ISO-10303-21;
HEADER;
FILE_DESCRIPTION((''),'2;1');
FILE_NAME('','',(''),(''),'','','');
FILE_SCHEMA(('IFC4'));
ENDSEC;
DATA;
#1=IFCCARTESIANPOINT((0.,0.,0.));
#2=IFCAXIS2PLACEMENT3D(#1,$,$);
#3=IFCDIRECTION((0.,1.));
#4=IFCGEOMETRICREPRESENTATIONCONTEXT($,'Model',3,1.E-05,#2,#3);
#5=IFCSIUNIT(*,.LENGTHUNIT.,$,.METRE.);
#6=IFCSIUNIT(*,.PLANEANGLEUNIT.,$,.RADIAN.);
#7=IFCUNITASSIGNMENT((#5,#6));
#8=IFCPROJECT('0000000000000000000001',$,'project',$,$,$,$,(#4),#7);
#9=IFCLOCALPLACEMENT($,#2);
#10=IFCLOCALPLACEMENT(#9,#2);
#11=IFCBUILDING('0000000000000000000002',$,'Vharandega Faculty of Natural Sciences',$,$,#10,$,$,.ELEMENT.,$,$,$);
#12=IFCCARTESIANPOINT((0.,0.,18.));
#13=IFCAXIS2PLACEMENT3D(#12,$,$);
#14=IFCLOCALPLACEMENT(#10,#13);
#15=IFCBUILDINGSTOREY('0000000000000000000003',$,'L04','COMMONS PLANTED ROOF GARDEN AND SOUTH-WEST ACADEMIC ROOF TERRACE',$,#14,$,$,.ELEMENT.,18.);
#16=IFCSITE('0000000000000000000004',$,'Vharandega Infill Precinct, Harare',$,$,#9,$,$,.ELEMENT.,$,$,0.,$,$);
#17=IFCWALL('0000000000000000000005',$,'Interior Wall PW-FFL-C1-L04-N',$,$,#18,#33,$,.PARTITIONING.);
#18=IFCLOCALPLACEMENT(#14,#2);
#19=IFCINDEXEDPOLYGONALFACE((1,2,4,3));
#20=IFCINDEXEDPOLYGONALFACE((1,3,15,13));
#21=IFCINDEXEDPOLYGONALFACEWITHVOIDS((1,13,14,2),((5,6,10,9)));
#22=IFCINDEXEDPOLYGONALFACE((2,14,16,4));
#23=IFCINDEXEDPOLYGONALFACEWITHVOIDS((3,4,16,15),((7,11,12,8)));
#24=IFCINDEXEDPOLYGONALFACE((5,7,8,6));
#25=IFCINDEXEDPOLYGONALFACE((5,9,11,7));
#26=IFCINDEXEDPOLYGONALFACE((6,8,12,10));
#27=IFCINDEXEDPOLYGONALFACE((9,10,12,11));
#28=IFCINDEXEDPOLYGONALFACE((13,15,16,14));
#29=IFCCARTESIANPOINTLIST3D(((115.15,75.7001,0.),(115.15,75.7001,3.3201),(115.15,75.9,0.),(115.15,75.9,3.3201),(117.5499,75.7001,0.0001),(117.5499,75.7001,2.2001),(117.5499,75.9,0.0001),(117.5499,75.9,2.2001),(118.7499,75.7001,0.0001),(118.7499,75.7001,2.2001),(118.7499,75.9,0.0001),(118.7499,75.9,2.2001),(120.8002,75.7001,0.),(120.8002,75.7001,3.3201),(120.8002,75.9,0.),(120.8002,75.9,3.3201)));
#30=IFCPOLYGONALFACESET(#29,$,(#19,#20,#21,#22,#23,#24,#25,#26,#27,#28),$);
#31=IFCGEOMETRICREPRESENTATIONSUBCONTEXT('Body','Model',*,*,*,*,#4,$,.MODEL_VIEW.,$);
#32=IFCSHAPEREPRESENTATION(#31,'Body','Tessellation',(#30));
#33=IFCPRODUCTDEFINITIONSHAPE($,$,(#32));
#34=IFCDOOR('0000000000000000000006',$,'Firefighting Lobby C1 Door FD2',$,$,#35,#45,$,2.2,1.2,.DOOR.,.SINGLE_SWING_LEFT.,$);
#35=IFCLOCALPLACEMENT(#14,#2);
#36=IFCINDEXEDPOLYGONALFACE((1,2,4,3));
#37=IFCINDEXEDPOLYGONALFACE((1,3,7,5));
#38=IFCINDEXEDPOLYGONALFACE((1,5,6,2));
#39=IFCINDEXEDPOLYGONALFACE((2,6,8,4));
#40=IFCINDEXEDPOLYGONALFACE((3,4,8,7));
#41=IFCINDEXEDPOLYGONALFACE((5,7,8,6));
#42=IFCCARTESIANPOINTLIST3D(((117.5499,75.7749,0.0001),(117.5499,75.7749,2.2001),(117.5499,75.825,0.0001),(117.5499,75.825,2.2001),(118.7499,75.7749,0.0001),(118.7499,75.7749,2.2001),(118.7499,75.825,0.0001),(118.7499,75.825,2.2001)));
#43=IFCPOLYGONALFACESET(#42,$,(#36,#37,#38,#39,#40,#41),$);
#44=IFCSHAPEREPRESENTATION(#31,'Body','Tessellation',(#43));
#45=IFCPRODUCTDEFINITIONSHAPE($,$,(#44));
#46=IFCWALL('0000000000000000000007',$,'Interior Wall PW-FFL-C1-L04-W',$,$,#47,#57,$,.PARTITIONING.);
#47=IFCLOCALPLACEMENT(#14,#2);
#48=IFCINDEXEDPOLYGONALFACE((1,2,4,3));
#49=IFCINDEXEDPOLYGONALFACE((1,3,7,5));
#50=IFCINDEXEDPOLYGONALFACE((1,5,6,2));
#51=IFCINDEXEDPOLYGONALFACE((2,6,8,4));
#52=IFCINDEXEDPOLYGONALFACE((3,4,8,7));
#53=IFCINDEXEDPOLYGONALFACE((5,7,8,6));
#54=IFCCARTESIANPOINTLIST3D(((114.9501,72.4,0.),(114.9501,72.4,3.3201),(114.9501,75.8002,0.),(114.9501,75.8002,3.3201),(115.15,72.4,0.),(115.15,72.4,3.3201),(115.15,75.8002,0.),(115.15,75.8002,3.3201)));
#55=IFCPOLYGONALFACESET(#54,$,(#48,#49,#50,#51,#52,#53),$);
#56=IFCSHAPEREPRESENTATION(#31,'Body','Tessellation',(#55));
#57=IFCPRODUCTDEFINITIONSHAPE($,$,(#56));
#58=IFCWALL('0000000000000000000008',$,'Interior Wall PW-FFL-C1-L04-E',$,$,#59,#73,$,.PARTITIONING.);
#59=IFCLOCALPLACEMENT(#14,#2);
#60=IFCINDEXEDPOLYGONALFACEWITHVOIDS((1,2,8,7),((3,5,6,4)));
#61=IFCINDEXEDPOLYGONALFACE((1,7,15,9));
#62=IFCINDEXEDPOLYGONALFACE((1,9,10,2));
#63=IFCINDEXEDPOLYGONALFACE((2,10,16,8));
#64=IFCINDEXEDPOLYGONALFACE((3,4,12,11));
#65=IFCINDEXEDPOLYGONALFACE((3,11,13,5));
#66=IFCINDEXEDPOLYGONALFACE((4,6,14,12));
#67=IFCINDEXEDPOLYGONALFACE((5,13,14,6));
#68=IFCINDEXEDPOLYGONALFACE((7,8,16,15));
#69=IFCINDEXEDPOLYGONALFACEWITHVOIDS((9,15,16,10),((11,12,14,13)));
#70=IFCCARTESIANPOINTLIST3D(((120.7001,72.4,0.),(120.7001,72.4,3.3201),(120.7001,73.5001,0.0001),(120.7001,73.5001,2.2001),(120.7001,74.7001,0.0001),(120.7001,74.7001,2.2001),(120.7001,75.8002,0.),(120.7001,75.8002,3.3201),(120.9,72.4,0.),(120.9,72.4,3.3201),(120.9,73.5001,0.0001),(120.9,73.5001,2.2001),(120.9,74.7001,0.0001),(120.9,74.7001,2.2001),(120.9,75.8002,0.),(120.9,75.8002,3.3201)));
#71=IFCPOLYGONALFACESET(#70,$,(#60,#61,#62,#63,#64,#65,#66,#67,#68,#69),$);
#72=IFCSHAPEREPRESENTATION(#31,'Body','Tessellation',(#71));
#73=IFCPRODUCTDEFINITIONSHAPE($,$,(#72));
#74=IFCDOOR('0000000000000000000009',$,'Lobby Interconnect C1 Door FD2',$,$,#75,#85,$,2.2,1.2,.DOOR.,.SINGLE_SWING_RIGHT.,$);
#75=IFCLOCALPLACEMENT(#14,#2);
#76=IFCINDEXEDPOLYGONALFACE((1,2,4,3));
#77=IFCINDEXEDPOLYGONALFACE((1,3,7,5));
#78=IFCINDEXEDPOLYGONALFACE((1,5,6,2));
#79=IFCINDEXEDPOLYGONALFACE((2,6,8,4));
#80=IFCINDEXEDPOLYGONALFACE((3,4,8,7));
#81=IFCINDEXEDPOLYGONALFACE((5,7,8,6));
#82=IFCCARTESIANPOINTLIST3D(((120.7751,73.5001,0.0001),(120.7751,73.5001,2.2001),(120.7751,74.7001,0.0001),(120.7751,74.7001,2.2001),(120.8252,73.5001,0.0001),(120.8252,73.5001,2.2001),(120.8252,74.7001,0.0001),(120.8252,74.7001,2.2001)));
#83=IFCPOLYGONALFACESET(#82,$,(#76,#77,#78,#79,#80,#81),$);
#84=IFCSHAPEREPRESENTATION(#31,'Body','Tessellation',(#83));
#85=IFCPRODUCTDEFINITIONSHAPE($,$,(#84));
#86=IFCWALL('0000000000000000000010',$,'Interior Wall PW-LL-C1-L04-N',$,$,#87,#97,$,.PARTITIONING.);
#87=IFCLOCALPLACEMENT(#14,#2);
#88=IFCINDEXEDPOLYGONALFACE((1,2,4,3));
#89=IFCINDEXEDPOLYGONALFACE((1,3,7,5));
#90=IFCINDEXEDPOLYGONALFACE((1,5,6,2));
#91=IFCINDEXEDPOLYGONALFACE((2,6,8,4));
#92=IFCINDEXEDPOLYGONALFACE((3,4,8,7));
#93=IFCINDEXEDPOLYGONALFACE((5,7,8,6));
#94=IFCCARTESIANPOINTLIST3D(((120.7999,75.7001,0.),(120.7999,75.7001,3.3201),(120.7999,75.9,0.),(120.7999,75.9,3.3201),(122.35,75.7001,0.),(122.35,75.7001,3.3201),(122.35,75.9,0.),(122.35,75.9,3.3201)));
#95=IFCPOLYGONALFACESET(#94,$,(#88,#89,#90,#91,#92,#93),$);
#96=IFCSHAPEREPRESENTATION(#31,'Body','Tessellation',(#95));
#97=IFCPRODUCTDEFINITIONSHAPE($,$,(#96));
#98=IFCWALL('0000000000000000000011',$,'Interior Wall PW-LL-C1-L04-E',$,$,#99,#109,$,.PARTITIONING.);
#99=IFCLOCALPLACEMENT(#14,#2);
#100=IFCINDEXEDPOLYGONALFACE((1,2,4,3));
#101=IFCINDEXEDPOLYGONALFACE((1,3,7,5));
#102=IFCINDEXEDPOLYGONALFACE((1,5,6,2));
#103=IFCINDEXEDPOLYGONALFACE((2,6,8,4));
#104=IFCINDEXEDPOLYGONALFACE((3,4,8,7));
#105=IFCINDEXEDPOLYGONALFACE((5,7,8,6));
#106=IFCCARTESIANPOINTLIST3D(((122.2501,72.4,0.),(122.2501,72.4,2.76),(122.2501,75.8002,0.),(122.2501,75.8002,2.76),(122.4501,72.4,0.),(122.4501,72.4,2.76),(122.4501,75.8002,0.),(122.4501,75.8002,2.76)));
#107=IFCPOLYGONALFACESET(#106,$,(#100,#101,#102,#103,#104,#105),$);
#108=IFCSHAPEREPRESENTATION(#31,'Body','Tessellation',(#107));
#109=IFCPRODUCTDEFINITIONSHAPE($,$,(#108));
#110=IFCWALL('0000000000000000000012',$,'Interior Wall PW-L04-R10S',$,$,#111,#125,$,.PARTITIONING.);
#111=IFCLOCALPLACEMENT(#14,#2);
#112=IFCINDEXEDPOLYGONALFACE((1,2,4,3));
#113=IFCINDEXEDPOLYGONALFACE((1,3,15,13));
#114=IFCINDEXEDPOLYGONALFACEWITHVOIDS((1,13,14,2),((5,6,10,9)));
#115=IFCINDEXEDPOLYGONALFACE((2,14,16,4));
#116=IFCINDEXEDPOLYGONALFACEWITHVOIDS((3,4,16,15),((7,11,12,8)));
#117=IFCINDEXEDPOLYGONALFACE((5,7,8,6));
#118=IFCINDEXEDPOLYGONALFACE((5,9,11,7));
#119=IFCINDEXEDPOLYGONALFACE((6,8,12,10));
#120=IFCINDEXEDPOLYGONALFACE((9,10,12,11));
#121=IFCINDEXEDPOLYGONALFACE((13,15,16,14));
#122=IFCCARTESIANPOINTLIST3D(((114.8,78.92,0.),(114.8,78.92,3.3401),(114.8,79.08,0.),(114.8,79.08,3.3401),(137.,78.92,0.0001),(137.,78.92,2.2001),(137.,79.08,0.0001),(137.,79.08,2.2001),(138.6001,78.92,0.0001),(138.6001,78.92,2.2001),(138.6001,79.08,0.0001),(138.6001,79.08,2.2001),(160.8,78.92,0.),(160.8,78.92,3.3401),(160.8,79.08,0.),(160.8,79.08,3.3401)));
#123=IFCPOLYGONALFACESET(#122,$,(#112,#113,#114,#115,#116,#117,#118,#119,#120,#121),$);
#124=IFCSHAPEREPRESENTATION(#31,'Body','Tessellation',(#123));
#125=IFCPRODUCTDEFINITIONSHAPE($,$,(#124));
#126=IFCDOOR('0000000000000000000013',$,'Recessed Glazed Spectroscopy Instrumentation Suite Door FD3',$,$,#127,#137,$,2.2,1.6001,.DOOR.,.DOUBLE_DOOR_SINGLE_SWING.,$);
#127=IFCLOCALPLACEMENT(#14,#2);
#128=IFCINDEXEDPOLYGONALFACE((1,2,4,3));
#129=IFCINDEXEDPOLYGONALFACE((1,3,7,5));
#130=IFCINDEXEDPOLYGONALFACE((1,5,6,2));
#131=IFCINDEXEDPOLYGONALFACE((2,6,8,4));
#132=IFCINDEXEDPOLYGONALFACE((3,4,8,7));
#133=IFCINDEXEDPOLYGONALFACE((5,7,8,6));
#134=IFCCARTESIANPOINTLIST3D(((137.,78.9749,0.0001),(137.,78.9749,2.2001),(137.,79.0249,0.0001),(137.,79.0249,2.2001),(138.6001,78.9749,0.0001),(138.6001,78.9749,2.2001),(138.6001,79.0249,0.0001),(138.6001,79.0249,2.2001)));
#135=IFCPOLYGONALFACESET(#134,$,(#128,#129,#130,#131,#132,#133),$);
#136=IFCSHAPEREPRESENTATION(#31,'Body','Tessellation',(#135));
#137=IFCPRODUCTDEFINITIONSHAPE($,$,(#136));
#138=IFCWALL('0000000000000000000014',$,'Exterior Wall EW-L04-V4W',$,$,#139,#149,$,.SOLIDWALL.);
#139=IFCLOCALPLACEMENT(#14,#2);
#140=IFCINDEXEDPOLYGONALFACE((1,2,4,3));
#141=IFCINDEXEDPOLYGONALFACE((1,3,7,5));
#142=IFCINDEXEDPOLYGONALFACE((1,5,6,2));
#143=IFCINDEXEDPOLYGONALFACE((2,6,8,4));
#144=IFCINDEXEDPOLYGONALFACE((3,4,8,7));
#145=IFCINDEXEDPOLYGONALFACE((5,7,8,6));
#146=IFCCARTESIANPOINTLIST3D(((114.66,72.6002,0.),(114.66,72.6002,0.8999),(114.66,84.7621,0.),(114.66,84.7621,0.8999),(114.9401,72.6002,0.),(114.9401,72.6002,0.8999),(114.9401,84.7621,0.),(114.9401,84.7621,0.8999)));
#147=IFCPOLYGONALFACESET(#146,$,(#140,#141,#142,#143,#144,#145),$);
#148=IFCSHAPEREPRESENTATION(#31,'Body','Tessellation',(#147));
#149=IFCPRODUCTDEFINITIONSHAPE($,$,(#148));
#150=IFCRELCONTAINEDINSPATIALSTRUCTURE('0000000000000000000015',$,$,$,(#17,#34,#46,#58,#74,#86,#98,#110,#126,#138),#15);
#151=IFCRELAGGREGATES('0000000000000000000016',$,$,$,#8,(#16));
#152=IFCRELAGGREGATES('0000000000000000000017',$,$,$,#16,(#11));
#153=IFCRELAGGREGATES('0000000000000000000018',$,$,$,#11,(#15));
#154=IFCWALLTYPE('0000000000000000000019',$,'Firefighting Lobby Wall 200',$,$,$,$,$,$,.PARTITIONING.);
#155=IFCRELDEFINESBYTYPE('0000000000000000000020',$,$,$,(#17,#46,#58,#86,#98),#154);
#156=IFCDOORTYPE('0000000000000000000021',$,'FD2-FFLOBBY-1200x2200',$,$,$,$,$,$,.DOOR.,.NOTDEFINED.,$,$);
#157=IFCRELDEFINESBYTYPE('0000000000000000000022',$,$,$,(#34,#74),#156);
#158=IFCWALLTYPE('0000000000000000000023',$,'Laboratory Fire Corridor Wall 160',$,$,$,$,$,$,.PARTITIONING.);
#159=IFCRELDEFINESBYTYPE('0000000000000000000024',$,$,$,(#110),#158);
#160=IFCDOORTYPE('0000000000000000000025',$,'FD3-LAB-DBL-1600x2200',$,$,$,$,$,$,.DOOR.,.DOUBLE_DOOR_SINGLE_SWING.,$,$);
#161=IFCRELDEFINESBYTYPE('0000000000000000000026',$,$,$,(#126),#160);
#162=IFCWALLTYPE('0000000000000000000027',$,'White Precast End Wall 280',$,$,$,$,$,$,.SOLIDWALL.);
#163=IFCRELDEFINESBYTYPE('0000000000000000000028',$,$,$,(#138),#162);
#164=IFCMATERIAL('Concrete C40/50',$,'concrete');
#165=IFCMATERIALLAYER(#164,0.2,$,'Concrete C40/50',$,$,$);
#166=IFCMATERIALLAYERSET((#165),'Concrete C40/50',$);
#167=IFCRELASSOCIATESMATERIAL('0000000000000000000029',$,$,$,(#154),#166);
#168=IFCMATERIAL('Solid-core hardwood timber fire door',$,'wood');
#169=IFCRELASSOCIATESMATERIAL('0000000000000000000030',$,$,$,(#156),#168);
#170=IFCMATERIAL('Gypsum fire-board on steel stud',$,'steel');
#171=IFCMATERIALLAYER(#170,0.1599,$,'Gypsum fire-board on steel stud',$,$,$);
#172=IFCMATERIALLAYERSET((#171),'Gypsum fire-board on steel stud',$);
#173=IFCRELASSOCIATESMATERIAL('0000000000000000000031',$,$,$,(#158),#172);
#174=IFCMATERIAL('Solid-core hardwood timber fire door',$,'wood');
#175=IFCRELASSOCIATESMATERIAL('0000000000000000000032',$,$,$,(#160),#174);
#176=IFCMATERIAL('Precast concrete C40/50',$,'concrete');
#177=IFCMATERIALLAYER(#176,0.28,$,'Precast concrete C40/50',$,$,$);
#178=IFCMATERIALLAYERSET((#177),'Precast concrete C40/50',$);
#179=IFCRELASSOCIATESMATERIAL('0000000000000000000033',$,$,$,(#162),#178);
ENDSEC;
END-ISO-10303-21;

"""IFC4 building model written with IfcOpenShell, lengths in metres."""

from ifc_helpers import new_model, si_unit, direction, frame, frame_2d, origin, place, context, subcontext, project, spatial, rectangle, extrude, material, layer, layer_set, type_object, element, fill, save


model = new_model("IFC4")

# Units and contexts
model_context = context("Model", 3, precision=1e-05, world=origin(), true_north=direction((0.0, 1.0)))
body_context = subcontext(model_context, "Body", "Model", "MODEL_VIEW")
ifc_project = project(units=[si_unit("LENGTHUNIT", "METRE"), si_unit("PLANEANGLEUNIT", "RADIAN")], contexts=[model_context])

# Site, building, storey
site_placement = place(None, origin())
site = spatial("IfcSite", under=ifc_project, at=site_placement, Name="Vharandega Infill Precinct, Harare", CompositionType="ELEMENT", RefElevation=0.0)
building_placement = place(site_placement, origin())
building = spatial("IfcBuilding", under=site, at=building_placement, Name="Vharandega Faculty of Natural Sciences", CompositionType="ELEMENT")
storey_placement = place(building_placement, frame((0.0, 0.0, 18.0)))
storey = spatial("IfcBuildingStorey", under=building, at=storey_placement, Name="L04", Description="COMMONS PLANTED ROOF GARDEN AND SOUTH-WEST ACADEMIC ROOF TERRACE", CompositionType="ELEMENT", Elevation=18.0)

# Wall, opening, door
ifc_material_1 = material(Name="Concrete C40/50", Category="concrete")
ifc_layer_1 = layer(ifc_material_1, 0.2, Name="Concrete C40/50")
ifc_layer_set_1 = layer_set([ifc_layer_1], Name="Concrete C40/50")
wall_type_1 = type_object("IfcWallType", Name="Firefighting Lobby Wall 200", PredefinedType="PARTITIONING", material=ifc_layer_set_1)
wall_1_placement = place(storey_placement, frame((115.1499, 75.8, 0.0), z_axis=(0.0, 0.0, 1.0), x_axis=(1.0, 0.0, 0.0)))
wall_1 = element("IfcWall", 1, at=wall_1_placement, inside=storey, type_object=wall_type_1, Name="Interior Wall PW-FFL-C1-L04-N", PredefinedType="PARTITIONING", context=body_context, shape_type="SweptSolid", body=[
    extrude(rectangle(XDim=5.6501, YDim=0.2, at=frame_2d((2.8252, 0.0))), origin(), (0.0, 0.0, 1.0), 3.3201),
])
opening_1_placement = place(wall_1_placement, frame((2.3999, 0.0, 0.0)))
opening_1 = element("IfcOpeningElement", 2, at=opening_1_placement, cuts=wall_1, PredefinedType="OPENING", context=body_context, shape_type="SweptSolid", body=[
    extrude(rectangle(XDim=1.2, YDim=2.2, at=frame_2d((0.6001, 1.1001))), frame((0.0, 0.1099, 0.0), z_axis=(0.0, -1.0, 0.0), x_axis=(1.0, 0.0, 0.0)), (0.0, 0.0, 1.0), 0.22),
])
ifc_material_2 = material(Name="Solid-core hardwood timber fire door", Category="wood")
door_type_1 = type_object("IfcDoorType", Name="FD2-FFLOBBY-1200x2200", OperationType="NOTDEFINED", PredefinedType="DOOR", material=ifc_material_2)
door_1_placement = place(opening_1_placement, origin())
door_1 = element("IfcDoor", 3, at=door_1_placement, inside=storey, type_object=door_type_1, Name="Firefighting Lobby C1 Door FD2", OperationType="SINGLE_SWING_LEFT", OverallHeight=2.2, OverallWidth=1.2, PredefinedType="DOOR", context=body_context, shape_type="SweptSolid", body=[
    extrude(rectangle(XDim=1.2, YDim=2.2, at=frame_2d((0.6001, 1.1001))), frame((0.0, 0.0249, 0.0), z_axis=(0.0, -1.0, 0.0), x_axis=(1.0, 0.0, 0.0)), (0.0, 0.0, 1.0), 0.05),
])
fill(opening_1, door_1)

# Wall
wall_2_placement = place(storey_placement, frame((115.05, 72.3999, 0.0), z_axis=(0.0, 0.0, 1.0), x_axis=(0.0, 1.0, 0.0)))
element("IfcWall", 4, at=wall_2_placement, inside=storey, type_object=wall_type_1, Name="Interior Wall PW-FFL-C1-L04-W", PredefinedType="PARTITIONING", context=body_context, shape_type="SweptSolid", body=[
    extrude(rectangle(XDim=3.4001, YDim=0.2, at=frame_2d((1.7002, 0.0))), origin(), (0.0, 0.0, 1.0), 3.3201),
])

# Wall, opening, door
wall_3_placement = place(storey_placement, frame((120.8, 72.3999, 0.0), z_axis=(0.0, 0.0, 1.0), x_axis=(0.0, 1.0, 0.0)))
wall_3 = element("IfcWall", 5, at=wall_3_placement, inside=storey, type_object=wall_type_1, Name="Interior Wall PW-FFL-C1-L04-E", PredefinedType="PARTITIONING", context=body_context, shape_type="SweptSolid", body=[
    extrude(rectangle(XDim=3.4001, YDim=0.2, at=frame_2d((1.7002, 0.0))), origin(), (0.0, 0.0, 1.0), 3.3201),
])
opening_2_placement = place(wall_3_placement, frame((1.1001, 0.0, 0.0)))
opening_2 = element("IfcOpeningElement", 6, at=opening_2_placement, cuts=wall_3, PredefinedType="OPENING", context=body_context, shape_type="SweptSolid", body=[
    extrude(rectangle(XDim=1.2, YDim=2.2, at=frame_2d((0.6001, 1.1001))), frame((0.0, 0.1099, 0.0), z_axis=(0.0, -1.0, 0.0), x_axis=(1.0, 0.0, 0.0)), (0.0, 0.0, 1.0), 0.22),
])
door_2_placement = place(opening_2_placement, origin())
door_2 = element("IfcDoor", 7, at=door_2_placement, inside=storey, type_object=door_type_1, Name="Lobby Interconnect C1 Door FD2", OperationType="SINGLE_SWING_RIGHT", OverallHeight=2.2, OverallWidth=1.2, PredefinedType="DOOR", context=body_context, shape_type="SweptSolid", body=[
    extrude(rectangle(XDim=1.2, YDim=2.2, at=frame_2d((0.6001, 1.1001))), frame((0.0, 0.0249, 0.0), z_axis=(0.0, -1.0, 0.0), x_axis=(1.0, 0.0, 0.0)), (0.0, 0.0, 1.0), 0.05),
])
fill(opening_2, door_2)

# Walls
wall_4_placement = place(storey_placement, frame((120.8, 75.8, 0.0), z_axis=(0.0, 0.0, 1.0), x_axis=(1.0, 0.0, 0.0)))
element("IfcWall", 8, at=wall_4_placement, inside=storey, type_object=wall_type_1, Name="Interior Wall PW-LL-C1-L04-N", PredefinedType="PARTITIONING", context=body_context, shape_type="SweptSolid", body=[
    extrude(rectangle(XDim=1.55, YDim=0.2, at=frame_2d((0.7749, 0.0))), origin(), (0.0, 0.0, 1.0), 3.3201),
])
wall_5_placement = place(storey_placement, frame((122.3501, 72.3999, 0.0), z_axis=(0.0, 0.0, 1.0), x_axis=(0.0, 1.0, 0.0)))
element("IfcWall", 9, at=wall_5_placement, inside=storey, type_object=wall_type_1, Name="Interior Wall PW-LL-C1-L04-E", PredefinedType="PARTITIONING", context=body_context, shape_type="SweptSolid", body=[
    extrude(rectangle(XDim=3.4001, YDim=0.2, at=frame_2d((1.7002, 0.0))), origin(), (0.0, 0.0, 1.0), 2.76),
])

# Wall, opening, door
ifc_material_3 = material(Name="Gypsum fire-board on steel stud", Category="steel")
ifc_layer_2 = layer(ifc_material_3, 0.1599, Name="Gypsum fire-board on steel stud")
ifc_layer_set_2 = layer_set([ifc_layer_2], Name="Gypsum fire-board on steel stud")
wall_type_2 = type_object("IfcWallType", Name="Laboratory Fire Corridor Wall 160", PredefinedType="PARTITIONING", material=ifc_layer_set_2)
wall_6_placement = place(storey_placement, frame((114.8, 79.0, 0.0), z_axis=(0.0, 0.0, 1.0), x_axis=(1.0, 0.0, 0.0)))
wall_6 = element("IfcWall", 10, at=wall_6_placement, inside=storey, type_object=wall_type_2, Name="Interior Wall PW-L04-R10S", PredefinedType="PARTITIONING", context=body_context, shape_type="SweptSolid", body=[
    extrude(rectangle(XDim=46.0, YDim=0.1599, at=frame_2d((23.0, 0.0))), origin(), (0.0, 0.0, 1.0), 3.3401),
])
opening_3_placement = place(wall_6_placement, frame((22.2, 0.0, 0.0)))
opening_3 = element("IfcOpeningElement", 11, at=opening_3_placement, cuts=wall_6, PredefinedType="OPENING", context=body_context, shape_type="SweptSolid", body=[
    extrude(rectangle(XDim=1.6001, YDim=2.2, at=frame_2d((0.8, 1.1001))), frame((0.0, 0.0898, 0.0), z_axis=(0.0, -1.0, 0.0), x_axis=(1.0, 0.0, 0.0)), (0.0, 0.0, 1.0), 0.1799),
])
ifc_material_4 = material(Name="Solid-core hardwood timber fire door", Category="wood")
door_type_2 = type_object("IfcDoorType", Name="FD3-LAB-DBL-1600x2200", OperationType="DOUBLE_DOOR_SINGLE_SWING", PredefinedType="DOOR", material=ifc_material_4)
door_3_placement = place(opening_3_placement, origin())
door_3 = element("IfcDoor", 12, at=door_3_placement, inside=storey, type_object=door_type_2, Name="Recessed Glazed Spectroscopy Instrumentation Suite Door FD3", OperationType="DOUBLE_DOOR_SINGLE_SWING", OverallHeight=2.2, OverallWidth=1.6001, PredefinedType="DOOR", context=body_context, shape_type="SweptSolid", body=[
    extrude(rectangle(XDim=1.6001, YDim=2.2, at=frame_2d((0.8, 1.1001))), frame((0.0, 0.0249, 0.0), z_axis=(0.0, -1.0, 0.0), x_axis=(1.0, 0.0, 0.0)), (0.0, 0.0, 1.0), 0.05),
])
fill(opening_3, door_3)

# Wall
ifc_material_5 = material(Name="Precast concrete C40/50", Category="concrete")
ifc_layer_3 = layer(ifc_material_5, 0.28, Name="Precast concrete C40/50")
ifc_layer_set_3 = layer_set([ifc_layer_3], Name="Precast concrete C40/50")
wall_type_3 = type_object("IfcWallType", Name="White Precast End Wall 280", PredefinedType="SOLIDWALL", material=ifc_layer_set_3)
wall_7_placement = place(storey_placement, frame((114.8, 72.6001, 0.0), z_axis=(0.0, 0.0, 1.0), x_axis=(0.0, 1.0, 0.0)))
element("IfcWall", 13, at=wall_7_placement, inside=storey, type_object=wall_type_3, Name="Exterior Wall EW-L04-V4W", PredefinedType="SOLIDWALL", context=body_context, shape_type="SweptSolid", body=[
    extrude(rectangle(XDim=12.1619, YDim=0.28, at=frame_2d((6.0811, 0.0))), origin(), (0.0, 0.0, 1.0), 0.8999),
])

save(model, "model.ifc")
